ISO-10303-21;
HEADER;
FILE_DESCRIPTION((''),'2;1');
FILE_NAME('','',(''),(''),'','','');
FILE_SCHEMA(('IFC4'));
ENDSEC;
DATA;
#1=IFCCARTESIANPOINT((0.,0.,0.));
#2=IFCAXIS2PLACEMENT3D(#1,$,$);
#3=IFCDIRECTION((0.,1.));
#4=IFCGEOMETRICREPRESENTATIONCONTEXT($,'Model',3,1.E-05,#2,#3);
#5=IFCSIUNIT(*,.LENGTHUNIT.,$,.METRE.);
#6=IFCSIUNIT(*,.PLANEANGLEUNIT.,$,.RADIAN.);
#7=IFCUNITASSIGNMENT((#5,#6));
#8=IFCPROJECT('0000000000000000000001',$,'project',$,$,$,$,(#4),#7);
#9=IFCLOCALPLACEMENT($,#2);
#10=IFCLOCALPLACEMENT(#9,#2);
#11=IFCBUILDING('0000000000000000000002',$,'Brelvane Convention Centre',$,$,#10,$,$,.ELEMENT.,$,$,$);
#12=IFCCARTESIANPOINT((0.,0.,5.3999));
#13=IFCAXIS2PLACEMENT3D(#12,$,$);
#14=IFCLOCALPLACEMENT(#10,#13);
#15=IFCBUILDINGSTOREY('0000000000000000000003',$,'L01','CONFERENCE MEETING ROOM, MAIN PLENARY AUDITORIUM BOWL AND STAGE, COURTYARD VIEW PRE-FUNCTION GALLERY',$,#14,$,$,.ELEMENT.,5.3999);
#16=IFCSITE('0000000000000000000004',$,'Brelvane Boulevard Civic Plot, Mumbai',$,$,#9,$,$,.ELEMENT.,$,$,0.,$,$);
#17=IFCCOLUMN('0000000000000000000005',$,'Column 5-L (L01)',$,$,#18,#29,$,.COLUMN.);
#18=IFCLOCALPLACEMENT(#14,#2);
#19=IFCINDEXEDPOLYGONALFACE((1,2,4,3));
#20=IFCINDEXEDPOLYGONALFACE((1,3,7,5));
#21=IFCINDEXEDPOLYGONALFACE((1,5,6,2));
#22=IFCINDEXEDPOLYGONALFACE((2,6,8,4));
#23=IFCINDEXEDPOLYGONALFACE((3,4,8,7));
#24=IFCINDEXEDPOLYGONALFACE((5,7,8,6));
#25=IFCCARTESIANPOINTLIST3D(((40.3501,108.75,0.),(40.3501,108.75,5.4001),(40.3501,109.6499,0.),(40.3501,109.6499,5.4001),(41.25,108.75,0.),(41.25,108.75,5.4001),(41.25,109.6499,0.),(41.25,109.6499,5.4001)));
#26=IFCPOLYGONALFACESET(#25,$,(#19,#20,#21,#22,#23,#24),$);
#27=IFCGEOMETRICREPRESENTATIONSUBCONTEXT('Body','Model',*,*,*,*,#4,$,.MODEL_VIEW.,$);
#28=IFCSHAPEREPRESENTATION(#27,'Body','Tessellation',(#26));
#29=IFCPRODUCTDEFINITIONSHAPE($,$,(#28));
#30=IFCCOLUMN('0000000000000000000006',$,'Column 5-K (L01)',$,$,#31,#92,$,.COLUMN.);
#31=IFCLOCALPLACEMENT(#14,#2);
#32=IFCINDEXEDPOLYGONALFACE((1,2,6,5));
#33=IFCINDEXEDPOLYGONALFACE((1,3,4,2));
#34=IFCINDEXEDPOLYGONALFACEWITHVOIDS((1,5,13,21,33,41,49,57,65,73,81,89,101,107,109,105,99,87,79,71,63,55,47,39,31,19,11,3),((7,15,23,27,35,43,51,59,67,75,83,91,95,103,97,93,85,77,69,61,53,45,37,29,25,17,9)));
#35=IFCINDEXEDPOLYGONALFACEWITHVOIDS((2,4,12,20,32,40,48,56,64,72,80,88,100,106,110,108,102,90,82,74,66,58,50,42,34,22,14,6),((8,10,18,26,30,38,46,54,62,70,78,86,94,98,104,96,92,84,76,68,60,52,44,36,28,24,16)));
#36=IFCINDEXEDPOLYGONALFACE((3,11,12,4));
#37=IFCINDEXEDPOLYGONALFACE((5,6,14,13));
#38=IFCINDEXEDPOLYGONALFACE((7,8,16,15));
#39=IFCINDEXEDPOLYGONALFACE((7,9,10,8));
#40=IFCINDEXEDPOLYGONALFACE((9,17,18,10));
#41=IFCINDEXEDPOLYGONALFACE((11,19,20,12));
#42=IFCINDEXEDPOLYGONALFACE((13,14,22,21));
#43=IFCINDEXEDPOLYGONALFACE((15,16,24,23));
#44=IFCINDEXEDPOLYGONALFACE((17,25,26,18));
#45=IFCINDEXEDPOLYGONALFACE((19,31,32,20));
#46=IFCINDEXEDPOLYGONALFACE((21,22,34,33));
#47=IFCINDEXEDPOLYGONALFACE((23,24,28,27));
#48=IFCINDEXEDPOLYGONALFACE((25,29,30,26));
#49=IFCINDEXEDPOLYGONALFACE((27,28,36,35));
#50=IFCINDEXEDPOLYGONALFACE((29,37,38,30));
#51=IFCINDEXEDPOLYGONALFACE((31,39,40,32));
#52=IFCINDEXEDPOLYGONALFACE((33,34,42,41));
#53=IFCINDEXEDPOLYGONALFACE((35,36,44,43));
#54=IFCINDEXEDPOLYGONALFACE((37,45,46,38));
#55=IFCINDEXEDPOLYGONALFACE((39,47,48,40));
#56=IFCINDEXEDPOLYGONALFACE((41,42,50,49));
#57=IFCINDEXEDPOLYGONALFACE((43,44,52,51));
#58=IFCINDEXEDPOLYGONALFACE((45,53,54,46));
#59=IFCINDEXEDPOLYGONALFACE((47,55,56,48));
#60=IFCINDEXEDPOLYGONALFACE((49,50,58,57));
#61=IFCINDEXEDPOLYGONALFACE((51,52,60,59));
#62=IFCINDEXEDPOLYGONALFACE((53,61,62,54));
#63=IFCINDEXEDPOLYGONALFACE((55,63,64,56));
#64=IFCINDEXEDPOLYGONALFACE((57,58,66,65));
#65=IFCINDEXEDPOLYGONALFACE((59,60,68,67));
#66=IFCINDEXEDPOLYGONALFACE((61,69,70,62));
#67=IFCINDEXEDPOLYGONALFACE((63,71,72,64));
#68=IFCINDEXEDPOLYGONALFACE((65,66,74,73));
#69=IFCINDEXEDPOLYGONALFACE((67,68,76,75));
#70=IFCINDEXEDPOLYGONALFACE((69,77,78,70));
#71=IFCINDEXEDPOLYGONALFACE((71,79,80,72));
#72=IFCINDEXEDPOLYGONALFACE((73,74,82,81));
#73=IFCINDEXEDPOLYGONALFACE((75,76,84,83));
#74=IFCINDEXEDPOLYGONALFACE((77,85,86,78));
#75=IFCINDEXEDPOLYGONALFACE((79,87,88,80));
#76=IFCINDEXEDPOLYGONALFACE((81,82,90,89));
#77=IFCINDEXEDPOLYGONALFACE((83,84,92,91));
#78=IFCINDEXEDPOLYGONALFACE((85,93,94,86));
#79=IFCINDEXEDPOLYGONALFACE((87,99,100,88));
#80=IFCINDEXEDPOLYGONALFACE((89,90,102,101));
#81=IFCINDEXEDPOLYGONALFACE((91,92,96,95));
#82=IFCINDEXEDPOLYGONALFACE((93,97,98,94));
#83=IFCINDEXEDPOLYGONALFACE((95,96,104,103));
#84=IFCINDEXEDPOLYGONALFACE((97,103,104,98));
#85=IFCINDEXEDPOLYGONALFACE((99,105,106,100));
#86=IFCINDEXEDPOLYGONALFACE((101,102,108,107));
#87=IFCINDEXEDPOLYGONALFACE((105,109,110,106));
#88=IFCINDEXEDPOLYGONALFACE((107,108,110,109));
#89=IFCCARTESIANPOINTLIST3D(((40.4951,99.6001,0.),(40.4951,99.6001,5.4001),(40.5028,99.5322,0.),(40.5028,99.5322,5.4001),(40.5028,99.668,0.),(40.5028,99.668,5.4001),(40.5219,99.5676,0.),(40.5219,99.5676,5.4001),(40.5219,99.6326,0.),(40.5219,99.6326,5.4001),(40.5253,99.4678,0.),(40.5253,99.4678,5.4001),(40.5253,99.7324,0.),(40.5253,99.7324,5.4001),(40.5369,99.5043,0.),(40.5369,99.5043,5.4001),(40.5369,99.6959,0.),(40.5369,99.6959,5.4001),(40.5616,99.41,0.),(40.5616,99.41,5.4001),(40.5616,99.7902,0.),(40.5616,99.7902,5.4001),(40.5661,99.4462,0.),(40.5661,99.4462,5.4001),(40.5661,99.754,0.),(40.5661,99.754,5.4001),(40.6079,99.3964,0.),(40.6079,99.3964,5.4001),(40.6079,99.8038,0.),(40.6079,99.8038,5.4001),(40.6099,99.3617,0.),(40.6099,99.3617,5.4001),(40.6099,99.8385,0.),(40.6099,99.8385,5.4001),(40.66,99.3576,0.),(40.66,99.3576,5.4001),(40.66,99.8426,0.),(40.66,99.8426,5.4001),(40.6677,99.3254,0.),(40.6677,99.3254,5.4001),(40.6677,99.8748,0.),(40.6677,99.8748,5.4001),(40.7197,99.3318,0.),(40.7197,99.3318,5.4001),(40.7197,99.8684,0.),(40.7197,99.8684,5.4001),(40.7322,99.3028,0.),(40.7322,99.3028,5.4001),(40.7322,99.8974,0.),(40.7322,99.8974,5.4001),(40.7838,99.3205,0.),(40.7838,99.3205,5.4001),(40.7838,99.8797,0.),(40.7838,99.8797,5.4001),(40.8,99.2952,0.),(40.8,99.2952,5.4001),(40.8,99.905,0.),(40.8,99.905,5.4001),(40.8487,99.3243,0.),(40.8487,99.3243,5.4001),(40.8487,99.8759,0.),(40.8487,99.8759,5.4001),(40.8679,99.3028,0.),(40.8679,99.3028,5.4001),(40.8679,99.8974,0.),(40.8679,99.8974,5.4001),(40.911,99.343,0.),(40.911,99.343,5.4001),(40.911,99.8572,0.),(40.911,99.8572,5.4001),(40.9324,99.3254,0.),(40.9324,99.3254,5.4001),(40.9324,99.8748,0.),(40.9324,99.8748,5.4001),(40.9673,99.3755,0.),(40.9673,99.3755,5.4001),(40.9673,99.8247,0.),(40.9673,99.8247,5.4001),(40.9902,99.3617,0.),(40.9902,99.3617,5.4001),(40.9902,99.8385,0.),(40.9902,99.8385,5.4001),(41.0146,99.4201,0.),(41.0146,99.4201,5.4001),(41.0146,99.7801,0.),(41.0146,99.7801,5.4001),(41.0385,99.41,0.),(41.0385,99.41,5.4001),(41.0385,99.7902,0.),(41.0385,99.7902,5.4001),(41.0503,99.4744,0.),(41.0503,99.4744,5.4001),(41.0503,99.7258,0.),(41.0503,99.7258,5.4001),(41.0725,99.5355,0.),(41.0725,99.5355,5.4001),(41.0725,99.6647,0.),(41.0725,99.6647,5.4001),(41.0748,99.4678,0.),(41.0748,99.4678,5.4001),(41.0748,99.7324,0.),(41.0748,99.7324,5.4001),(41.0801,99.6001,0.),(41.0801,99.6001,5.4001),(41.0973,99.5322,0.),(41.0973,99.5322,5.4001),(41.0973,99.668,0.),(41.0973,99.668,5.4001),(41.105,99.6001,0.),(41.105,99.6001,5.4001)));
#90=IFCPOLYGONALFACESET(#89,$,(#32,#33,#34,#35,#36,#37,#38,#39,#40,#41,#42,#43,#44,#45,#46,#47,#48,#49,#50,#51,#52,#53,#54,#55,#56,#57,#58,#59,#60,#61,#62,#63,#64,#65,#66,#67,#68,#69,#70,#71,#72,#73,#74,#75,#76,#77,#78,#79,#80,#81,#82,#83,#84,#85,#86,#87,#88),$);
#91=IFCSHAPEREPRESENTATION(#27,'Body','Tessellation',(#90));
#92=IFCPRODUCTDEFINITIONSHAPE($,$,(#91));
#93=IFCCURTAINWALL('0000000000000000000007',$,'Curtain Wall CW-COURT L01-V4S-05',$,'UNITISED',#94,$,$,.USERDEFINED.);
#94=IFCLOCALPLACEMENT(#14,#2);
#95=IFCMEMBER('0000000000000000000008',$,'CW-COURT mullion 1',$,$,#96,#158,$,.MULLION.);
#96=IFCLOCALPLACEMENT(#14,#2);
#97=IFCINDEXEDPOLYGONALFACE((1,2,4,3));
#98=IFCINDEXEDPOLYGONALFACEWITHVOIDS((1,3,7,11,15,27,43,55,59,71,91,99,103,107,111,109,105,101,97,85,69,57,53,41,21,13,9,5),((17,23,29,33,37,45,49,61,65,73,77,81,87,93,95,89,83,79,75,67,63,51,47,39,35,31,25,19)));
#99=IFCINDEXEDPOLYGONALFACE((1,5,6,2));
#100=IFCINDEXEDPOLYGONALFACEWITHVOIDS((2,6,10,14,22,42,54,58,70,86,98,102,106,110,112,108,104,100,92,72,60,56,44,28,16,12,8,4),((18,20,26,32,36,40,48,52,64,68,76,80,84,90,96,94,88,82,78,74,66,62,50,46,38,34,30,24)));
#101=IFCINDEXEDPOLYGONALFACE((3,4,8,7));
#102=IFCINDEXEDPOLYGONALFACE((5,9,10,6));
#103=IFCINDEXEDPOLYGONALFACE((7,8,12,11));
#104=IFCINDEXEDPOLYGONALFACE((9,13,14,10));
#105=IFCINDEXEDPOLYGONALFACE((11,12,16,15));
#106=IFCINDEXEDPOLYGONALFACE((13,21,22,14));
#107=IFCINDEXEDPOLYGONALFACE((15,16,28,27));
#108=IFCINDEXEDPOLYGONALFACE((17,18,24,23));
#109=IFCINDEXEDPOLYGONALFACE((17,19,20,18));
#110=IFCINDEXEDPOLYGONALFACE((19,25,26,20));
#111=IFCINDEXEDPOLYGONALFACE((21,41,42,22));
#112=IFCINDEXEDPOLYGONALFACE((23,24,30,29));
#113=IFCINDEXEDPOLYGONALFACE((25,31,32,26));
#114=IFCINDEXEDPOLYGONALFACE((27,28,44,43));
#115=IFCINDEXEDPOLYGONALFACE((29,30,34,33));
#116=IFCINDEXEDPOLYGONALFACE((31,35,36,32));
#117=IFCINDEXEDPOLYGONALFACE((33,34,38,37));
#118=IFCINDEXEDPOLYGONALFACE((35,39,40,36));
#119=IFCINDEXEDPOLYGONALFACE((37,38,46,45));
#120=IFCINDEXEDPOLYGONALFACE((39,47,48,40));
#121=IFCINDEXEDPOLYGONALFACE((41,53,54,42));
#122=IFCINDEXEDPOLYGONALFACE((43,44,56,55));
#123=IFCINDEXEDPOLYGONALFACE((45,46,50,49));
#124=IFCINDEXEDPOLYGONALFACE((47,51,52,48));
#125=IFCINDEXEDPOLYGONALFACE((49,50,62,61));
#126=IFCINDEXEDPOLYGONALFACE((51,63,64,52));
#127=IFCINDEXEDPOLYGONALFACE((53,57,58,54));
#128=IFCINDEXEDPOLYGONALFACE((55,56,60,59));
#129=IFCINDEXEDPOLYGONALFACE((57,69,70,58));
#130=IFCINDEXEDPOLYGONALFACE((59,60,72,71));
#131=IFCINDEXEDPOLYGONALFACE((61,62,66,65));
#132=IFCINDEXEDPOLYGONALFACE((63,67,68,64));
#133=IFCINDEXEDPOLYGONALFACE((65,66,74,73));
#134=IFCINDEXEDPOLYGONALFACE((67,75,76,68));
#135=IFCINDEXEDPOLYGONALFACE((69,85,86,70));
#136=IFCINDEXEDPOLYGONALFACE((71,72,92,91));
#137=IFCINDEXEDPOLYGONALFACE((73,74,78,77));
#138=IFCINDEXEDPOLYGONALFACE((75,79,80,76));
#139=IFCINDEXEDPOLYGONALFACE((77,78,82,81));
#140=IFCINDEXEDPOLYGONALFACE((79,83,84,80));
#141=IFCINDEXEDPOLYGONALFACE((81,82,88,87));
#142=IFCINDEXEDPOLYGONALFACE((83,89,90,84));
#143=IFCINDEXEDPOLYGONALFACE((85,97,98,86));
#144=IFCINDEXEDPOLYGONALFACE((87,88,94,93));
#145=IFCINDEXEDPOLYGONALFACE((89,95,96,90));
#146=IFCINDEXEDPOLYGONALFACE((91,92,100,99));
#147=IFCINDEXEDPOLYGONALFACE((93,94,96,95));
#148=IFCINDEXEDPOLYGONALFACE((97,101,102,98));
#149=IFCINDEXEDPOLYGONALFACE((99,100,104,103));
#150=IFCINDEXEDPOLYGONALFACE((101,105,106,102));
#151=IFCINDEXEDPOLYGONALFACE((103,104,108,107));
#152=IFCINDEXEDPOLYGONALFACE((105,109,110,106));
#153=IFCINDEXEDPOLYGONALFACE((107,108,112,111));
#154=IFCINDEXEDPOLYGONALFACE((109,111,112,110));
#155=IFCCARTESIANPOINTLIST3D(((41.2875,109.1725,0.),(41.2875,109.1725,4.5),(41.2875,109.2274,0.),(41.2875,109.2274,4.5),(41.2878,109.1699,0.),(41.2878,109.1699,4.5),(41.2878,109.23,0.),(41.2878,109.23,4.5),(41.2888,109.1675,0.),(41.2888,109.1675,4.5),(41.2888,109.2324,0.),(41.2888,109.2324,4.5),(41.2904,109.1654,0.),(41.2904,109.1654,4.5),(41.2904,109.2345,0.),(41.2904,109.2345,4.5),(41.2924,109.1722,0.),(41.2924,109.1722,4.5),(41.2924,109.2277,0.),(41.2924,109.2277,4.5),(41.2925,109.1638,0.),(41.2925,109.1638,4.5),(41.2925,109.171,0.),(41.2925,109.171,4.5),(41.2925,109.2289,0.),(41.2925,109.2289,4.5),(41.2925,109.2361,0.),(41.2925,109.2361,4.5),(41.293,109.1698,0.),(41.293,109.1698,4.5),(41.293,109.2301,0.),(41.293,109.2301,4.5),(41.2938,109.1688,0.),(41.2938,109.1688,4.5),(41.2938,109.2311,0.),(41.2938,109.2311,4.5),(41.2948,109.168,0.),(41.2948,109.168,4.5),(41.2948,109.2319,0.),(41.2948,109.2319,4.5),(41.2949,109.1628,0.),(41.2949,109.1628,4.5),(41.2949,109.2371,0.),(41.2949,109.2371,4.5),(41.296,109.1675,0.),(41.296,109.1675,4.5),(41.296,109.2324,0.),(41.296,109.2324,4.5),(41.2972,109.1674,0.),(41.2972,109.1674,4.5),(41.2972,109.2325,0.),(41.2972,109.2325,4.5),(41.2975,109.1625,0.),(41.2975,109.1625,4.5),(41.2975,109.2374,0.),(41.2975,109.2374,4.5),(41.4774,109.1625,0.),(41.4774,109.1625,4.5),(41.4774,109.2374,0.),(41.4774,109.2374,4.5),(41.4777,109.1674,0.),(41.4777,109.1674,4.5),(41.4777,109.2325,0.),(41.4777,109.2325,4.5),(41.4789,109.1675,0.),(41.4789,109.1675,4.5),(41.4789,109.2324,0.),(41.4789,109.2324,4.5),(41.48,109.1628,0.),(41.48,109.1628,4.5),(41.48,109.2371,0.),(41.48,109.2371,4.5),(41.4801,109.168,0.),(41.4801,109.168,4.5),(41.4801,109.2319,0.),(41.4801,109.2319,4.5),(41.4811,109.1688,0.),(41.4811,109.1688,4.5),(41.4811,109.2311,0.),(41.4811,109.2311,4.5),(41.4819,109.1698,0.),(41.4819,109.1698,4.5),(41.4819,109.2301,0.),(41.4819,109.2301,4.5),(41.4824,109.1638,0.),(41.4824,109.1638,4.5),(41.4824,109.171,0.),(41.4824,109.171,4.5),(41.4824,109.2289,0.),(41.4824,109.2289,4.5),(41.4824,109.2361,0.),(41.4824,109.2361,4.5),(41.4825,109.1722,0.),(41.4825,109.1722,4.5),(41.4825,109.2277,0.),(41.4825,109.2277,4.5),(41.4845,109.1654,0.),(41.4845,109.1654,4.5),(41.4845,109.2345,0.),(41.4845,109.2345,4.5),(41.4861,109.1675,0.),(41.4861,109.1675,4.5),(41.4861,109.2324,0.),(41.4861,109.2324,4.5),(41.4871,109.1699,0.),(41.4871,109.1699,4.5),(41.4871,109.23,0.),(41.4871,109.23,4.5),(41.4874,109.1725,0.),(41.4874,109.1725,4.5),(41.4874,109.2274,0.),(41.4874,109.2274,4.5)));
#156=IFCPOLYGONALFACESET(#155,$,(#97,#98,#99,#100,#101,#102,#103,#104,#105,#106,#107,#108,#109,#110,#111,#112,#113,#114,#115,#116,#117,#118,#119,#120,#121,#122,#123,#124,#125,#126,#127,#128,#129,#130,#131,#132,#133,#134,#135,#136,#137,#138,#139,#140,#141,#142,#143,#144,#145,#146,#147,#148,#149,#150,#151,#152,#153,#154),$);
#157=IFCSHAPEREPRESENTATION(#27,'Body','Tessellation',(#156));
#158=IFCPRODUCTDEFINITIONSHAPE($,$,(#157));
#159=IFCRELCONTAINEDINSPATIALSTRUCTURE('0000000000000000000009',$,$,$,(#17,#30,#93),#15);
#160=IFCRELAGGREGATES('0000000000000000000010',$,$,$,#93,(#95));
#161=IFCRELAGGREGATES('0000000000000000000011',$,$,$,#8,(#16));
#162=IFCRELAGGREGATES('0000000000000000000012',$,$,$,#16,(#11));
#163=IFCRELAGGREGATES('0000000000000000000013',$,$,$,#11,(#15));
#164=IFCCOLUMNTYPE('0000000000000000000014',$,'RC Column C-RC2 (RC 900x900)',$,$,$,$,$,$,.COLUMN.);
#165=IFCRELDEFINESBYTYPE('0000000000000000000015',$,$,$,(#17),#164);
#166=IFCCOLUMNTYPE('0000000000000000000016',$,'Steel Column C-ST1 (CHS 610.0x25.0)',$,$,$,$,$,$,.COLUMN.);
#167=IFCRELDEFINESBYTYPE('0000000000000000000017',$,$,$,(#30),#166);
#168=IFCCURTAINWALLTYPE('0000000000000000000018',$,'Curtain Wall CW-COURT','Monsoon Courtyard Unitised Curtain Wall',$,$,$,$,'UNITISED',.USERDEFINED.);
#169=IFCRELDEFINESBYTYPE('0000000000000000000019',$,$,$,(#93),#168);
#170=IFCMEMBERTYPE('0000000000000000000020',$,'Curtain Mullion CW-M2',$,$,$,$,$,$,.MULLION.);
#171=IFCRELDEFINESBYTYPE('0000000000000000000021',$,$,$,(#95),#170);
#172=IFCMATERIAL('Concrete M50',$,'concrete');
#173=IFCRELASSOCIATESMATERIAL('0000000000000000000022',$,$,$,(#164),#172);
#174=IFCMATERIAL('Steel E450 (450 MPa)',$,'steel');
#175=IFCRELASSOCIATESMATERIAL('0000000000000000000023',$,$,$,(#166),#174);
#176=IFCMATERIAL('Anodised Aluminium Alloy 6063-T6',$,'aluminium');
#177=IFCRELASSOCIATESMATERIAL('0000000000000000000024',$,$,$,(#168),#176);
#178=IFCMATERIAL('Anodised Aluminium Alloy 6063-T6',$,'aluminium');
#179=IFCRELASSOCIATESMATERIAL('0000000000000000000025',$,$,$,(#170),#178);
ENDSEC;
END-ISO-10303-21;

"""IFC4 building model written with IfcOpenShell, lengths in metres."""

from ifc_helpers import new_model, si_unit, direction, frame, origin, origin_2d, place, context, subcontext, project, spatial, rectangle, hollow_rectangle, hollow_circle, extrude, material, material_profile, profile_set, type_object, element, aggregate, save


model = new_model("IFC4")

# Units and contexts
model_context = context("Model", 3, precision=1e-05, world=origin(), true_north=direction((0.0, 1.0)))
body_context = subcontext(model_context, "Body", "Model", "MODEL_VIEW")
ifc_project = project(units=[si_unit("LENGTHUNIT", "METRE"), si_unit("PLANEANGLEUNIT", "RADIAN")], contexts=[model_context])

# Site, building, storey
site_placement = place(None, origin())
site = spatial("IfcSite", under=ifc_project, at=site_placement, Name="Brelvane Boulevard Civic Plot, Mumbai", CompositionType="ELEMENT", RefElevation=0.0)
building_placement = place(site_placement, origin())
building = spatial("IfcBuilding", under=site, at=building_placement, Name="Brelvane Convention Centre", CompositionType="ELEMENT")
storey_placement = place(building_placement, frame((0.0, 0.0, 5.3999)))
storey = spatial("IfcBuildingStorey", under=building, at=storey_placement, Name="L01", Description="CONFERENCE MEETING ROOM, MAIN PLENARY AUDITORIUM BOWL AND STAGE, COURTYARD VIEW PRE-FUNCTION GALLERY", CompositionType="ELEMENT", Elevation=5.3999)

# Columns
ifc_material_1 = material(Name="Concrete M50", Category="concrete")
ifc_material_profile_1 = material_profile(ifc_material_1, rectangle(XDim=0.8999, YDim=0.8999, at=origin_2d()), Name="RC 900x900")
ifc_profile_set_1 = profile_set([ifc_material_profile_1], Name="Concrete M50")
column_type_1 = type_object("IfcColumnType", Name="RC Column C-RC2 (RC 900x900)", PredefinedType="COLUMN", material=ifc_profile_set_1)
column_1_placement = place(storey_placement, frame((40.8, 109.2, 0.0), z_axis=(0.0, 0.0, 1.0), x_axis=(1.0, 0.0, 0.0)))
element("IfcColumn", 1, at=column_1_placement, inside=storey, type_object=column_type_1, Name="Column 5-L (L01)", PredefinedType="COLUMN", context=body_context, shape_type="SweptSolid", body=[
    extrude(rectangle(XDim=0.8999, YDim=0.8999, at=origin_2d()), origin(), (0.0, 0.0, 1.0), 5.4001),
])
ifc_material_2 = material(Name="Steel E450 (450 MPa)", Category="steel")
ifc_material_profile_2 = material_profile(ifc_material_2, hollow_circle(Radius=0.3049, WallThickness=0.0249, at=origin_2d()), Name="CHS 610.0x25.0")
ifc_profile_set_2 = profile_set([ifc_material_profile_2], Name="Steel E450 (450 MPa)")
column_type_2 = type_object("IfcColumnType", Name="Steel Column C-ST1 (CHS 610.0x25.0)", PredefinedType="COLUMN", material=ifc_profile_set_2)
column_2_placement = place(storey_placement, frame((40.8, 99.6001, 0.0), z_axis=(0.0, 0.0, 1.0), x_axis=(1.0, 0.0, 0.0)))
element("IfcColumn", 2, at=column_2_placement, inside=storey, type_object=column_type_2, Name="Column 5-K (L01)", PredefinedType="COLUMN", context=body_context, shape_type="SweptSolid", body=[
    extrude(hollow_circle(Radius=0.3049, WallThickness=0.0249, at=origin_2d()), origin(), (0.0, 0.0, 1.0), 5.4001),
])

# Curtain wall, member
ifc_material_3 = material(Name="Anodised Aluminium Alloy 6063-T6", Category="aluminium")
curtain_wall_type = type_object("IfcCurtainWallType", Name="Curtain Wall CW-COURT", Description="Monsoon Courtyard Unitised Curtain Wall", ElementType="UNITISED", PredefinedType="USERDEFINED", material=ifc_material_3)
curtain_wall_placement = place(storey_placement, origin())
curtain_wall = element("IfcCurtainWall", 3, at=curtain_wall_placement, inside=storey, type_object=curtain_wall_type, Name="Curtain Wall CW-COURT L01-V4S-05", ObjectType="UNITISED", PredefinedType="USERDEFINED")
ifc_material_4 = material(Name="Anodised Aluminium Alloy 6063-T6", Category="aluminium")
ifc_material_profile_3 = material_profile(ifc_material_4, hollow_rectangle(XDim=0.075, YDim=0.2, WallThickness=0.0049, InnerFilletRadius=0.0049, OuterFilletRadius=0.01, at=origin_2d()), Name="ALU-M 200x75x5.0")
ifc_profile_set_3 = profile_set([ifc_material_profile_3], Name="Anodised Aluminium Alloy 6063-T6")
member_type_1 = type_object("IfcMemberType", Name="Curtain Mullion CW-M2", PredefinedType="MULLION", material=ifc_profile_set_3)
member_1_placement = place(storey_placement, frame((41.3875, 109.2, 0.0), z_axis=(0.0, 0.0, 1.0), x_axis=(0.0, 1.0, 0.0)))
member_1 = element("IfcMember", 4, at=member_1_placement, type_object=member_type_1, Name="CW-COURT mullion 1", PredefinedType="MULLION", context=body_context, shape_type="SweptSolid", body=[
    extrude(hollow_rectangle(XDim=0.075, YDim=0.2, WallThickness=0.0049, InnerFilletRadius=0.0049, OuterFilletRadius=0.01, at=origin_2d()), origin(), (0.0, 0.0, 1.0), 4.5),
])

aggregate(curtain_wall, [member_1])

save(model, "model.ifc")
